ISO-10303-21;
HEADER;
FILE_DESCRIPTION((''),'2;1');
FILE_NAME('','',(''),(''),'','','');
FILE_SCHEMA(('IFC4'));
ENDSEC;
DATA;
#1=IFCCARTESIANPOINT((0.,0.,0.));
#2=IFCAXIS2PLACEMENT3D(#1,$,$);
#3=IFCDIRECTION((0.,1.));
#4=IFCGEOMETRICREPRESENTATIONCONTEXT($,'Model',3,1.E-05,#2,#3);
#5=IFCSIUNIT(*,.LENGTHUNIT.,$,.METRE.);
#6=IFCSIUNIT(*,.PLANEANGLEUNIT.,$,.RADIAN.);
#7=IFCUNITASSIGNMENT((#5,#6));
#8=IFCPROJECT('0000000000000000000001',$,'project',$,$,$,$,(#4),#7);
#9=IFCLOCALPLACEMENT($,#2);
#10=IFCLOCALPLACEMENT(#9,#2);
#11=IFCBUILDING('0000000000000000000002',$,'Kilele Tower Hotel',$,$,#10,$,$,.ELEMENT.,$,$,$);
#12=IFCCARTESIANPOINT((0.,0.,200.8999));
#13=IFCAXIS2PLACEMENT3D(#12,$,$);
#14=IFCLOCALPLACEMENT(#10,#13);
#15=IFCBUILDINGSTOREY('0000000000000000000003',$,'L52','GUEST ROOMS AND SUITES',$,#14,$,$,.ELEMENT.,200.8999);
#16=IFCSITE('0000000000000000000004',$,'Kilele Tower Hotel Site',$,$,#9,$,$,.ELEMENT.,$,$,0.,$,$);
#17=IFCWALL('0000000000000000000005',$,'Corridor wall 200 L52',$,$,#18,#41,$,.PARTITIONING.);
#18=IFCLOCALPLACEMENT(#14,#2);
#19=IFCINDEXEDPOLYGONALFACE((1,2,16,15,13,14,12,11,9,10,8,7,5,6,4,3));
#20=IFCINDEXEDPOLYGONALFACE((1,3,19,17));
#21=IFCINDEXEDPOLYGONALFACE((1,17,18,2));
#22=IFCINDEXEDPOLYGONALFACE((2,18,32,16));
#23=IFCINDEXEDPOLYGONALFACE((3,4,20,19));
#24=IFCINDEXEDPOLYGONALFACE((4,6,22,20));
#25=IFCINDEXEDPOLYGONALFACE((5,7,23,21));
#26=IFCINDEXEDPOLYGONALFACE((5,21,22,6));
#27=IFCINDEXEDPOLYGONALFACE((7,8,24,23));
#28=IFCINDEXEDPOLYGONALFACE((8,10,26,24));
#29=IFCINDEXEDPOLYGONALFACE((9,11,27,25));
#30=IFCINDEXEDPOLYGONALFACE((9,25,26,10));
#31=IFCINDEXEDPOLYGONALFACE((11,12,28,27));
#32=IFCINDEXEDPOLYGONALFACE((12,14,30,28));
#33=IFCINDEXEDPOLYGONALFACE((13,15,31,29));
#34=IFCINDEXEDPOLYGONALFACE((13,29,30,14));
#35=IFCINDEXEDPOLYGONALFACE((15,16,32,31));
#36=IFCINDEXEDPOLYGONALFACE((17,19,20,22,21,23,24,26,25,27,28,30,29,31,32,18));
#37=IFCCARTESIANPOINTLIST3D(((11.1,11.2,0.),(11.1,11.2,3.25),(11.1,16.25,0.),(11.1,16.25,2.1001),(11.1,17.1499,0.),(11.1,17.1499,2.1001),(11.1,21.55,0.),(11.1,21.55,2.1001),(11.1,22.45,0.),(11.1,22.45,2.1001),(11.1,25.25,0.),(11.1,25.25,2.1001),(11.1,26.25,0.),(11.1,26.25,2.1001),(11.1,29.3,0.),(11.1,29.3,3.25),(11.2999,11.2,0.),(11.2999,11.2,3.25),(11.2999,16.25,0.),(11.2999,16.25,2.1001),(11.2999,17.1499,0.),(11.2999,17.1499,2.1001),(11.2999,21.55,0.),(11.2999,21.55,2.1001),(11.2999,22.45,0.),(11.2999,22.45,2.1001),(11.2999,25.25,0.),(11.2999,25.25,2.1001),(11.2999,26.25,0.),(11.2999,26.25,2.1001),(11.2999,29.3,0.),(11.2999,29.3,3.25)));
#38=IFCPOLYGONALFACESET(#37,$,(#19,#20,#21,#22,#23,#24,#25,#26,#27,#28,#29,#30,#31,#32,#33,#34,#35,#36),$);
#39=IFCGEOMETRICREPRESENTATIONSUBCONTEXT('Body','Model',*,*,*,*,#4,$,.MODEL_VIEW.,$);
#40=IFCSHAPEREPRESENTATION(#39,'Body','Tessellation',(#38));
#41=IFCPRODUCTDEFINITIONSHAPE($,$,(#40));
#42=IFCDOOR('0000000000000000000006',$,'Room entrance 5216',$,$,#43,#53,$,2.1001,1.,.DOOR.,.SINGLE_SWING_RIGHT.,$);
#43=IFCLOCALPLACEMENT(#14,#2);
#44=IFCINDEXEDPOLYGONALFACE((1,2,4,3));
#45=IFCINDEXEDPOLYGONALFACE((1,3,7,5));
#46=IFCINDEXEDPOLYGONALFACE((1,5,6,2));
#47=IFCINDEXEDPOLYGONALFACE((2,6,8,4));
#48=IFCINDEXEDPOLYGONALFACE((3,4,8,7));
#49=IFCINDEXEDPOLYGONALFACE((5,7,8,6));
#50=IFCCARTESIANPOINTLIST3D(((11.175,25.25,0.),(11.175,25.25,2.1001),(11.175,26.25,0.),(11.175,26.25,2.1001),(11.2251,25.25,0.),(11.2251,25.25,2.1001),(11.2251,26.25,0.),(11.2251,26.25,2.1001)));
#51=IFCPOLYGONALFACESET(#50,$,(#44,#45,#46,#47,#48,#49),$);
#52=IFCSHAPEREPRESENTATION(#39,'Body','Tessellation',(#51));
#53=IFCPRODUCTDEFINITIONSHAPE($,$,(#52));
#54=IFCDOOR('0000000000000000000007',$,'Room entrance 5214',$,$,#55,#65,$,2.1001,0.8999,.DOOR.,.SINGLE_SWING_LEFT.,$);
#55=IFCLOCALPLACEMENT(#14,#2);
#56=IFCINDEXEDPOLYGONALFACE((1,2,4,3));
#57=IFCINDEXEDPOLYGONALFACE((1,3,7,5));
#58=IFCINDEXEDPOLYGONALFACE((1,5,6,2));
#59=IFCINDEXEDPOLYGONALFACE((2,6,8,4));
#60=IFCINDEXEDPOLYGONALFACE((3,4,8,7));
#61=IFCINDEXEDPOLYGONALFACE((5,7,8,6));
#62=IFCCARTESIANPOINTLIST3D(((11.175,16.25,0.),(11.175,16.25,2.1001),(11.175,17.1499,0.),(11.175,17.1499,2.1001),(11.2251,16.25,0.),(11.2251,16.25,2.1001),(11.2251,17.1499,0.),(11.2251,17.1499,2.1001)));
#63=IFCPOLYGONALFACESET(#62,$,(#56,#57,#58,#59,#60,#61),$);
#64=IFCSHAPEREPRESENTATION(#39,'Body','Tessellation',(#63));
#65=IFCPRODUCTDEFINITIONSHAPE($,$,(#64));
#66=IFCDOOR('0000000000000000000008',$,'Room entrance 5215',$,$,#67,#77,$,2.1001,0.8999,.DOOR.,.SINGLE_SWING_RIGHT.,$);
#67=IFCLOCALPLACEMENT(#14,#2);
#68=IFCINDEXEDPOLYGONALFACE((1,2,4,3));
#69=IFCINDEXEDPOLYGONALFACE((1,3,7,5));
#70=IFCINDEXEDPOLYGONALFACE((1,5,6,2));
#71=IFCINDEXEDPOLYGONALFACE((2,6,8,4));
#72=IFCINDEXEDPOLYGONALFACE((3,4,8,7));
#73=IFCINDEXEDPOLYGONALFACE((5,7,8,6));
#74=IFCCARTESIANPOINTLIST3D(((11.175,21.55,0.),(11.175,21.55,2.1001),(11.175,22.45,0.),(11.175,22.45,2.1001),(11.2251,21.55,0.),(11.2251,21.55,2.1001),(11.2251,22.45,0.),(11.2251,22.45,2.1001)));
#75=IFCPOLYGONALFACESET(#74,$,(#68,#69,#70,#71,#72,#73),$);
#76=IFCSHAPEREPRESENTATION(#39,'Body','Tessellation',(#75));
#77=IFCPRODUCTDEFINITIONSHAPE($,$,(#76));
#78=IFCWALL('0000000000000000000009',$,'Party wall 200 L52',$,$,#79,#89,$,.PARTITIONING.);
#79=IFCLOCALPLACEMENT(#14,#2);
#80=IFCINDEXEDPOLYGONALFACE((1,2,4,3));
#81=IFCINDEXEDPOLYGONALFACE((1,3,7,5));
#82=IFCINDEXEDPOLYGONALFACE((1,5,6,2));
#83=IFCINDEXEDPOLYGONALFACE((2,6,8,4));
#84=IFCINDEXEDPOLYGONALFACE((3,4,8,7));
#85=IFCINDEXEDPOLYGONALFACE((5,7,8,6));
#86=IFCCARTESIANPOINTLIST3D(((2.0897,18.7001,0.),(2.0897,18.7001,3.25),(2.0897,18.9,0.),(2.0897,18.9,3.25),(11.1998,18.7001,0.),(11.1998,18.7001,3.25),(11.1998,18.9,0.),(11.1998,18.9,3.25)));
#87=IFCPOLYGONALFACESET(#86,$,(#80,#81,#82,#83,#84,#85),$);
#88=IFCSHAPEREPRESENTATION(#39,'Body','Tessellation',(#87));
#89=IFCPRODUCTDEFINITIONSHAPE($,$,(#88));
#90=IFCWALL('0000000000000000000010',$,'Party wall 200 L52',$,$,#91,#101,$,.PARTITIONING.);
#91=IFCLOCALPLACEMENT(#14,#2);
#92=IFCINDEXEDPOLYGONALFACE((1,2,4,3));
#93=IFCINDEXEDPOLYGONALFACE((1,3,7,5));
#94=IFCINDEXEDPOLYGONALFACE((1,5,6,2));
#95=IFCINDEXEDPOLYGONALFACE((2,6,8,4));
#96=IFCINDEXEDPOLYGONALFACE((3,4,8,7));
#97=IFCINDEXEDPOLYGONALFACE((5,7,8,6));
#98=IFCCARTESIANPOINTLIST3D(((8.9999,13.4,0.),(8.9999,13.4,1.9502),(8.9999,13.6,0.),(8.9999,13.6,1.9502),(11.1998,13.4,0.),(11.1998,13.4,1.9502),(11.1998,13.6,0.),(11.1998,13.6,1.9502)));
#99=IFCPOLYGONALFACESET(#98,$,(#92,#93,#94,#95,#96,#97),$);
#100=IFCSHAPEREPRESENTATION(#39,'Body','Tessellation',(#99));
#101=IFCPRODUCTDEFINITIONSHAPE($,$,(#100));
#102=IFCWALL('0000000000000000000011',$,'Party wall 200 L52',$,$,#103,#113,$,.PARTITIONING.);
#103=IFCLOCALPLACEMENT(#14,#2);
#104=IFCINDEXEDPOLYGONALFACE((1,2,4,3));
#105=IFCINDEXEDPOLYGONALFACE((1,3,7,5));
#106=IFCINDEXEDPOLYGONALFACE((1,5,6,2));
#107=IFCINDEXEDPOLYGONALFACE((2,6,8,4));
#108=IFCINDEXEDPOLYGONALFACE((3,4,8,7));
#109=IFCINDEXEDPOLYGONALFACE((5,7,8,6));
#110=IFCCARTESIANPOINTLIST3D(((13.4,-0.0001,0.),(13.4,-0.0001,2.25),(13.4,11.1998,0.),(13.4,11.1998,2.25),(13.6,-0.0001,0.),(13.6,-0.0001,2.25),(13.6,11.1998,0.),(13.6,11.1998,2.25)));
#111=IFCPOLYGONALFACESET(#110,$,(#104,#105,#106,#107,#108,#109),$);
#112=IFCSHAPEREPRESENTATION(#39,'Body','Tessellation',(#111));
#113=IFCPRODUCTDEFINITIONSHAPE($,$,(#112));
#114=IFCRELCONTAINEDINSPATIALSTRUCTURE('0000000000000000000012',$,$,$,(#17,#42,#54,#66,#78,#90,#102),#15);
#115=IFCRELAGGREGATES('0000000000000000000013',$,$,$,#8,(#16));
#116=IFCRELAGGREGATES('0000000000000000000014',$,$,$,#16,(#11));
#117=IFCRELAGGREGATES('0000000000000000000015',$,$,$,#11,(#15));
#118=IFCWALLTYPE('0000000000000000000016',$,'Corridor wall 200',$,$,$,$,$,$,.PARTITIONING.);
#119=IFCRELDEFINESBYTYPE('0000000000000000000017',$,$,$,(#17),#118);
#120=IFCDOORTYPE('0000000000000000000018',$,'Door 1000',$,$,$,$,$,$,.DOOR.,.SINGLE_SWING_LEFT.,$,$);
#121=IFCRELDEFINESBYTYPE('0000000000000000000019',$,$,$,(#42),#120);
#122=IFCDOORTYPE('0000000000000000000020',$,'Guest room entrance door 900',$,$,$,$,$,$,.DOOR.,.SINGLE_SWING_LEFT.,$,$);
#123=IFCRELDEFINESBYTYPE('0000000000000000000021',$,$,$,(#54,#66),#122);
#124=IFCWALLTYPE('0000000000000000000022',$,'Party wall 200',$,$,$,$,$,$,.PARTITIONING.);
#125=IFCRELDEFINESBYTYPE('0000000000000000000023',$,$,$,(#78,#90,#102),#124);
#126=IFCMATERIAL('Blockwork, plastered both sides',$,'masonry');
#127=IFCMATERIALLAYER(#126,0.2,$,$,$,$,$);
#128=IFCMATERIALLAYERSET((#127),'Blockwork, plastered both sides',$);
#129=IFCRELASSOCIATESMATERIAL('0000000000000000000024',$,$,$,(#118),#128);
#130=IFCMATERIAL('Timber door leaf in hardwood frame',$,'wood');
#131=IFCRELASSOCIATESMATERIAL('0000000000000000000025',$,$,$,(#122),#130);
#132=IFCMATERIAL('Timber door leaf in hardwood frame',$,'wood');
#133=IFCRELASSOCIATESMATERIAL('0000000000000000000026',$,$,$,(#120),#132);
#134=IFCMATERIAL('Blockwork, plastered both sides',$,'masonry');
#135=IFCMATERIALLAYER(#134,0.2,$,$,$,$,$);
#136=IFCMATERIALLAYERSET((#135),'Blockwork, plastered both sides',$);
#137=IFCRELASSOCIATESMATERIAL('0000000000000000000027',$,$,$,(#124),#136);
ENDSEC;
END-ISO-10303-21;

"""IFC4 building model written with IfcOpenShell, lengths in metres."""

from ifc_helpers import new_model, si_unit, direction, frame, frame_2d, origin, place, context, subcontext, project, spatial, rectangle, extrude, material, layer, layer_set, type_object, element, fill, save


model = new_model("IFC4")

# Units and contexts
model_context = context("Model", 3, precision=1e-05, world=origin(), true_north=direction((0.0, 1.0)))
body_context = subcontext(model_context, "Body", "Model", "MODEL_VIEW")
ifc_project = project(units=[si_unit("LENGTHUNIT", "METRE"), si_unit("PLANEANGLEUNIT", "RADIAN")], contexts=[model_context])

# Site, building, storey
site_placement = place(None, origin())
site = spatial("IfcSite", under=ifc_project, at=site_placement, Name="Kilele Tower Hotel Site", CompositionType="ELEMENT", RefElevation=0.0)
building_placement = place(site_placement, origin())
building = spatial("IfcBuilding", under=site, at=building_placement, Name="Kilele Tower Hotel", CompositionType="ELEMENT")
storey_placement = place(building_placement, frame((0.0, 0.0, 200.8999)))
storey = spatial("IfcBuildingStorey", under=building, at=storey_placement, Name="L52", Description="GUEST ROOMS AND SUITES", CompositionType="ELEMENT", Elevation=200.8999)

# Wall, openings, doors
ifc_material_1 = material(Name="Blockwork, plastered both sides", Category="masonry")
ifc_layer_1 = layer(ifc_material_1, 0.2)
ifc_layer_set_1 = layer_set([ifc_layer_1], Name="Blockwork, plastered both sides")
wall_type_1 = type_object("IfcWallType", Name="Corridor wall 200", PredefinedType="PARTITIONING", material=ifc_layer_set_1)
ifc_material_2 = material(Name="Timber door leaf in hardwood frame", Category="wood")
door_type_1 = type_object("IfcDoorType", Name="Guest room entrance door 900", OperationType="SINGLE_SWING_LEFT", PredefinedType="DOOR", material=ifc_material_2)
wall_1_placement = place(storey_placement, frame((11.2, 11.2, 0.0), z_axis=(0.0, 0.0, 1.0), x_axis=(0.0, 1.0, 0.0)))
wall_1 = element("IfcWall", 1, at=wall_1_placement, inside=storey, type_object=wall_type_1, Name="Corridor wall 200 L52", PredefinedType="PARTITIONING", context=body_context, shape_type="SweptSolid", body=[
    extrude(rectangle(XDim=18.1001, YDim=0.2, at=frame_2d((9.05, 0.0))), origin(), (0.0, 0.0, 1.0), 3.25),
])
opening_1_placement = place(wall_1_placement, frame((5.05, 0.0, 0.0)))
opening_1 = element("IfcOpeningElement", 2, at=opening_1_placement, cuts=wall_1, PredefinedType="OPENING", context=body_context, shape_type="SweptSolid", body=[
    extrude(rectangle(XDim=0.8999, YDim=2.1001, at=frame_2d((0.45, 1.05))), frame((0.0, 0.1099, 0.0), z_axis=(0.0, -1.0, 0.0), x_axis=(1.0, 0.0, 0.0)), (0.0, 0.0, 1.0), 0.22),
])
opening_2_placement = place(wall_1_placement, frame((10.3501, 0.0, 0.0)))
opening_2 = element("IfcOpeningElement", 3, at=opening_2_placement, cuts=wall_1, PredefinedType="OPENING", context=body_context, shape_type="SweptSolid", body=[
    extrude(rectangle(XDim=0.8999, YDim=2.1001, at=frame_2d((0.45, 1.05))), frame((0.0, 0.1099, 0.0), z_axis=(0.0, -1.0, 0.0), x_axis=(1.0, 0.0, 0.0)), (0.0, 0.0, 1.0), 0.22),
])
opening_3_placement = place(wall_1_placement, frame((14.05, 0.0, 0.0)))
opening_3 = element("IfcOpeningElement", 4, at=opening_3_placement, cuts=wall_1, PredefinedType="OPENING", context=body_context, shape_type="SweptSolid", body=[
    extrude(rectangle(XDim=1.0, YDim=2.1001, at=frame_2d((0.5, 1.05))), frame((0.0, 0.1099, 0.0), z_axis=(0.0, -1.0, 0.0), x_axis=(1.0, 0.0, 0.0)), (0.0, 0.0, 1.0), 0.22),
])
ifc_material_3 = material(Name="Timber door leaf in hardwood frame", Category="wood")
door_type_2 = type_object("IfcDoorType", Name="Door 1000", OperationType="SINGLE_SWING_LEFT", PredefinedType="DOOR", material=ifc_material_3)
door_1_placement = place(opening_3_placement, origin())
door_1 = element("IfcDoor", 5, at=door_1_placement, inside=storey, type_object=door_type_2, Name="Room entrance 5216", OperationType="SINGLE_SWING_RIGHT", OverallHeight=2.1001, OverallWidth=1.0, PredefinedType="DOOR", context=body_context, shape_type="SweptSolid", body=[
    extrude(rectangle(XDim=1.0, YDim=2.1001, at=frame_2d((0.5, 1.05))), frame((0.0, 0.0249, 0.0), z_axis=(0.0, -1.0, 0.0), x_axis=(1.0, 0.0, 0.0)), (0.0, 0.0, 1.0), 0.05),
])
fill(opening_3, door_1)
door_2_placement = place(opening_1_placement, origin())
door_2 = element("IfcDoor", 6, at=door_2_placement, inside=storey, type_object=door_type_1, Name="Room entrance 5214", OperationType="SINGLE_SWING_LEFT", OverallHeight=2.1001, OverallWidth=0.8999, PredefinedType="DOOR", context=body_context, shape_type="SweptSolid", body=[
    extrude(rectangle(XDim=0.8999, YDim=2.1001, at=frame_2d((0.45, 1.05))), frame((0.0, 0.0249, 0.0), z_axis=(0.0, -1.0, 0.0), x_axis=(1.0, 0.0, 0.0)), (0.0, 0.0, 1.0), 0.05),
])
fill(opening_1, door_2)
door_3_placement = place(opening_2_placement, origin())
door_3 = element("IfcDoor", 7, at=door_3_placement, inside=storey, type_object=door_type_1, Name="Room entrance 5215", OperationType="SINGLE_SWING_RIGHT", OverallHeight=2.1001, OverallWidth=0.8999, PredefinedType="DOOR", context=body_context, shape_type="SweptSolid", body=[
    extrude(rectangle(XDim=0.8999, YDim=2.1001, at=frame_2d((0.45, 1.05))), frame((0.0, 0.0249, 0.0), z_axis=(0.0, -1.0, 0.0), x_axis=(1.0, 0.0, 0.0)), (0.0, 0.0, 1.0), 0.05),
])
fill(opening_2, door_3)

# Walls
ifc_material_4 = material(Name="Blockwork, plastered both sides", Category="masonry")
ifc_layer_2 = layer(ifc_material_4, 0.2)
ifc_layer_set_2 = layer_set([ifc_layer_2], Name="Blockwork, plastered both sides")
wall_type_2 = type_object("IfcWallType", Name="Party wall 200", PredefinedType="PARTITIONING", material=ifc_layer_set_2)
wall_2_placement = place(storey_placement, frame((11.2, 18.8, 0.0), z_axis=(0.0, 0.0, 1.0), x_axis=(-1.0, 0.0, 0.0)))
element("IfcWall", 8, at=wall_2_placement, inside=storey, type_object=wall_type_2, Name="Party wall 200 L52", PredefinedType="PARTITIONING", context=body_context, shape_type="SweptSolid", body=[
    extrude(rectangle(XDim=9.1101, YDim=0.2, at=frame_2d((4.5552, 0.0))), origin(), (0.0, 0.0, 1.0), 3.25),
])
wall_3_placement = place(storey_placement, frame((11.2, 13.5, 0.0), z_axis=(0.0, 0.0, 1.0), x_axis=(-1.0, 0.0, 0.0)))
element("IfcWall", 9, at=wall_3_placement, inside=storey, type_object=wall_type_2, Name="Party wall 200 L52", PredefinedType="PARTITIONING", context=body_context, shape_type="SweptSolid", body=[
    extrude(rectangle(XDim=2.2, YDim=0.2, at=frame_2d((1.1001, 0.0))), origin(), (0.0, 0.0, 1.0), 1.9502),
])
wall_4_placement = place(storey_placement, frame((13.5, 11.2, 0.0), z_axis=(0.0, 0.0, 1.0), x_axis=(0.0, -1.0, 0.0)))
element("IfcWall", 10, at=wall_4_placement, inside=storey, type_object=wall_type_2, Name="Party wall 200 L52", PredefinedType="PARTITIONING", context=body_context, shape_type="SweptSolid", body=[
    extrude(rectangle(XDim=11.2, YDim=0.2, at=frame_2d((5.6001, 0.0))), origin(), (0.0, 0.0, 1.0), 2.25),
])

save(model, "model.ifc")
